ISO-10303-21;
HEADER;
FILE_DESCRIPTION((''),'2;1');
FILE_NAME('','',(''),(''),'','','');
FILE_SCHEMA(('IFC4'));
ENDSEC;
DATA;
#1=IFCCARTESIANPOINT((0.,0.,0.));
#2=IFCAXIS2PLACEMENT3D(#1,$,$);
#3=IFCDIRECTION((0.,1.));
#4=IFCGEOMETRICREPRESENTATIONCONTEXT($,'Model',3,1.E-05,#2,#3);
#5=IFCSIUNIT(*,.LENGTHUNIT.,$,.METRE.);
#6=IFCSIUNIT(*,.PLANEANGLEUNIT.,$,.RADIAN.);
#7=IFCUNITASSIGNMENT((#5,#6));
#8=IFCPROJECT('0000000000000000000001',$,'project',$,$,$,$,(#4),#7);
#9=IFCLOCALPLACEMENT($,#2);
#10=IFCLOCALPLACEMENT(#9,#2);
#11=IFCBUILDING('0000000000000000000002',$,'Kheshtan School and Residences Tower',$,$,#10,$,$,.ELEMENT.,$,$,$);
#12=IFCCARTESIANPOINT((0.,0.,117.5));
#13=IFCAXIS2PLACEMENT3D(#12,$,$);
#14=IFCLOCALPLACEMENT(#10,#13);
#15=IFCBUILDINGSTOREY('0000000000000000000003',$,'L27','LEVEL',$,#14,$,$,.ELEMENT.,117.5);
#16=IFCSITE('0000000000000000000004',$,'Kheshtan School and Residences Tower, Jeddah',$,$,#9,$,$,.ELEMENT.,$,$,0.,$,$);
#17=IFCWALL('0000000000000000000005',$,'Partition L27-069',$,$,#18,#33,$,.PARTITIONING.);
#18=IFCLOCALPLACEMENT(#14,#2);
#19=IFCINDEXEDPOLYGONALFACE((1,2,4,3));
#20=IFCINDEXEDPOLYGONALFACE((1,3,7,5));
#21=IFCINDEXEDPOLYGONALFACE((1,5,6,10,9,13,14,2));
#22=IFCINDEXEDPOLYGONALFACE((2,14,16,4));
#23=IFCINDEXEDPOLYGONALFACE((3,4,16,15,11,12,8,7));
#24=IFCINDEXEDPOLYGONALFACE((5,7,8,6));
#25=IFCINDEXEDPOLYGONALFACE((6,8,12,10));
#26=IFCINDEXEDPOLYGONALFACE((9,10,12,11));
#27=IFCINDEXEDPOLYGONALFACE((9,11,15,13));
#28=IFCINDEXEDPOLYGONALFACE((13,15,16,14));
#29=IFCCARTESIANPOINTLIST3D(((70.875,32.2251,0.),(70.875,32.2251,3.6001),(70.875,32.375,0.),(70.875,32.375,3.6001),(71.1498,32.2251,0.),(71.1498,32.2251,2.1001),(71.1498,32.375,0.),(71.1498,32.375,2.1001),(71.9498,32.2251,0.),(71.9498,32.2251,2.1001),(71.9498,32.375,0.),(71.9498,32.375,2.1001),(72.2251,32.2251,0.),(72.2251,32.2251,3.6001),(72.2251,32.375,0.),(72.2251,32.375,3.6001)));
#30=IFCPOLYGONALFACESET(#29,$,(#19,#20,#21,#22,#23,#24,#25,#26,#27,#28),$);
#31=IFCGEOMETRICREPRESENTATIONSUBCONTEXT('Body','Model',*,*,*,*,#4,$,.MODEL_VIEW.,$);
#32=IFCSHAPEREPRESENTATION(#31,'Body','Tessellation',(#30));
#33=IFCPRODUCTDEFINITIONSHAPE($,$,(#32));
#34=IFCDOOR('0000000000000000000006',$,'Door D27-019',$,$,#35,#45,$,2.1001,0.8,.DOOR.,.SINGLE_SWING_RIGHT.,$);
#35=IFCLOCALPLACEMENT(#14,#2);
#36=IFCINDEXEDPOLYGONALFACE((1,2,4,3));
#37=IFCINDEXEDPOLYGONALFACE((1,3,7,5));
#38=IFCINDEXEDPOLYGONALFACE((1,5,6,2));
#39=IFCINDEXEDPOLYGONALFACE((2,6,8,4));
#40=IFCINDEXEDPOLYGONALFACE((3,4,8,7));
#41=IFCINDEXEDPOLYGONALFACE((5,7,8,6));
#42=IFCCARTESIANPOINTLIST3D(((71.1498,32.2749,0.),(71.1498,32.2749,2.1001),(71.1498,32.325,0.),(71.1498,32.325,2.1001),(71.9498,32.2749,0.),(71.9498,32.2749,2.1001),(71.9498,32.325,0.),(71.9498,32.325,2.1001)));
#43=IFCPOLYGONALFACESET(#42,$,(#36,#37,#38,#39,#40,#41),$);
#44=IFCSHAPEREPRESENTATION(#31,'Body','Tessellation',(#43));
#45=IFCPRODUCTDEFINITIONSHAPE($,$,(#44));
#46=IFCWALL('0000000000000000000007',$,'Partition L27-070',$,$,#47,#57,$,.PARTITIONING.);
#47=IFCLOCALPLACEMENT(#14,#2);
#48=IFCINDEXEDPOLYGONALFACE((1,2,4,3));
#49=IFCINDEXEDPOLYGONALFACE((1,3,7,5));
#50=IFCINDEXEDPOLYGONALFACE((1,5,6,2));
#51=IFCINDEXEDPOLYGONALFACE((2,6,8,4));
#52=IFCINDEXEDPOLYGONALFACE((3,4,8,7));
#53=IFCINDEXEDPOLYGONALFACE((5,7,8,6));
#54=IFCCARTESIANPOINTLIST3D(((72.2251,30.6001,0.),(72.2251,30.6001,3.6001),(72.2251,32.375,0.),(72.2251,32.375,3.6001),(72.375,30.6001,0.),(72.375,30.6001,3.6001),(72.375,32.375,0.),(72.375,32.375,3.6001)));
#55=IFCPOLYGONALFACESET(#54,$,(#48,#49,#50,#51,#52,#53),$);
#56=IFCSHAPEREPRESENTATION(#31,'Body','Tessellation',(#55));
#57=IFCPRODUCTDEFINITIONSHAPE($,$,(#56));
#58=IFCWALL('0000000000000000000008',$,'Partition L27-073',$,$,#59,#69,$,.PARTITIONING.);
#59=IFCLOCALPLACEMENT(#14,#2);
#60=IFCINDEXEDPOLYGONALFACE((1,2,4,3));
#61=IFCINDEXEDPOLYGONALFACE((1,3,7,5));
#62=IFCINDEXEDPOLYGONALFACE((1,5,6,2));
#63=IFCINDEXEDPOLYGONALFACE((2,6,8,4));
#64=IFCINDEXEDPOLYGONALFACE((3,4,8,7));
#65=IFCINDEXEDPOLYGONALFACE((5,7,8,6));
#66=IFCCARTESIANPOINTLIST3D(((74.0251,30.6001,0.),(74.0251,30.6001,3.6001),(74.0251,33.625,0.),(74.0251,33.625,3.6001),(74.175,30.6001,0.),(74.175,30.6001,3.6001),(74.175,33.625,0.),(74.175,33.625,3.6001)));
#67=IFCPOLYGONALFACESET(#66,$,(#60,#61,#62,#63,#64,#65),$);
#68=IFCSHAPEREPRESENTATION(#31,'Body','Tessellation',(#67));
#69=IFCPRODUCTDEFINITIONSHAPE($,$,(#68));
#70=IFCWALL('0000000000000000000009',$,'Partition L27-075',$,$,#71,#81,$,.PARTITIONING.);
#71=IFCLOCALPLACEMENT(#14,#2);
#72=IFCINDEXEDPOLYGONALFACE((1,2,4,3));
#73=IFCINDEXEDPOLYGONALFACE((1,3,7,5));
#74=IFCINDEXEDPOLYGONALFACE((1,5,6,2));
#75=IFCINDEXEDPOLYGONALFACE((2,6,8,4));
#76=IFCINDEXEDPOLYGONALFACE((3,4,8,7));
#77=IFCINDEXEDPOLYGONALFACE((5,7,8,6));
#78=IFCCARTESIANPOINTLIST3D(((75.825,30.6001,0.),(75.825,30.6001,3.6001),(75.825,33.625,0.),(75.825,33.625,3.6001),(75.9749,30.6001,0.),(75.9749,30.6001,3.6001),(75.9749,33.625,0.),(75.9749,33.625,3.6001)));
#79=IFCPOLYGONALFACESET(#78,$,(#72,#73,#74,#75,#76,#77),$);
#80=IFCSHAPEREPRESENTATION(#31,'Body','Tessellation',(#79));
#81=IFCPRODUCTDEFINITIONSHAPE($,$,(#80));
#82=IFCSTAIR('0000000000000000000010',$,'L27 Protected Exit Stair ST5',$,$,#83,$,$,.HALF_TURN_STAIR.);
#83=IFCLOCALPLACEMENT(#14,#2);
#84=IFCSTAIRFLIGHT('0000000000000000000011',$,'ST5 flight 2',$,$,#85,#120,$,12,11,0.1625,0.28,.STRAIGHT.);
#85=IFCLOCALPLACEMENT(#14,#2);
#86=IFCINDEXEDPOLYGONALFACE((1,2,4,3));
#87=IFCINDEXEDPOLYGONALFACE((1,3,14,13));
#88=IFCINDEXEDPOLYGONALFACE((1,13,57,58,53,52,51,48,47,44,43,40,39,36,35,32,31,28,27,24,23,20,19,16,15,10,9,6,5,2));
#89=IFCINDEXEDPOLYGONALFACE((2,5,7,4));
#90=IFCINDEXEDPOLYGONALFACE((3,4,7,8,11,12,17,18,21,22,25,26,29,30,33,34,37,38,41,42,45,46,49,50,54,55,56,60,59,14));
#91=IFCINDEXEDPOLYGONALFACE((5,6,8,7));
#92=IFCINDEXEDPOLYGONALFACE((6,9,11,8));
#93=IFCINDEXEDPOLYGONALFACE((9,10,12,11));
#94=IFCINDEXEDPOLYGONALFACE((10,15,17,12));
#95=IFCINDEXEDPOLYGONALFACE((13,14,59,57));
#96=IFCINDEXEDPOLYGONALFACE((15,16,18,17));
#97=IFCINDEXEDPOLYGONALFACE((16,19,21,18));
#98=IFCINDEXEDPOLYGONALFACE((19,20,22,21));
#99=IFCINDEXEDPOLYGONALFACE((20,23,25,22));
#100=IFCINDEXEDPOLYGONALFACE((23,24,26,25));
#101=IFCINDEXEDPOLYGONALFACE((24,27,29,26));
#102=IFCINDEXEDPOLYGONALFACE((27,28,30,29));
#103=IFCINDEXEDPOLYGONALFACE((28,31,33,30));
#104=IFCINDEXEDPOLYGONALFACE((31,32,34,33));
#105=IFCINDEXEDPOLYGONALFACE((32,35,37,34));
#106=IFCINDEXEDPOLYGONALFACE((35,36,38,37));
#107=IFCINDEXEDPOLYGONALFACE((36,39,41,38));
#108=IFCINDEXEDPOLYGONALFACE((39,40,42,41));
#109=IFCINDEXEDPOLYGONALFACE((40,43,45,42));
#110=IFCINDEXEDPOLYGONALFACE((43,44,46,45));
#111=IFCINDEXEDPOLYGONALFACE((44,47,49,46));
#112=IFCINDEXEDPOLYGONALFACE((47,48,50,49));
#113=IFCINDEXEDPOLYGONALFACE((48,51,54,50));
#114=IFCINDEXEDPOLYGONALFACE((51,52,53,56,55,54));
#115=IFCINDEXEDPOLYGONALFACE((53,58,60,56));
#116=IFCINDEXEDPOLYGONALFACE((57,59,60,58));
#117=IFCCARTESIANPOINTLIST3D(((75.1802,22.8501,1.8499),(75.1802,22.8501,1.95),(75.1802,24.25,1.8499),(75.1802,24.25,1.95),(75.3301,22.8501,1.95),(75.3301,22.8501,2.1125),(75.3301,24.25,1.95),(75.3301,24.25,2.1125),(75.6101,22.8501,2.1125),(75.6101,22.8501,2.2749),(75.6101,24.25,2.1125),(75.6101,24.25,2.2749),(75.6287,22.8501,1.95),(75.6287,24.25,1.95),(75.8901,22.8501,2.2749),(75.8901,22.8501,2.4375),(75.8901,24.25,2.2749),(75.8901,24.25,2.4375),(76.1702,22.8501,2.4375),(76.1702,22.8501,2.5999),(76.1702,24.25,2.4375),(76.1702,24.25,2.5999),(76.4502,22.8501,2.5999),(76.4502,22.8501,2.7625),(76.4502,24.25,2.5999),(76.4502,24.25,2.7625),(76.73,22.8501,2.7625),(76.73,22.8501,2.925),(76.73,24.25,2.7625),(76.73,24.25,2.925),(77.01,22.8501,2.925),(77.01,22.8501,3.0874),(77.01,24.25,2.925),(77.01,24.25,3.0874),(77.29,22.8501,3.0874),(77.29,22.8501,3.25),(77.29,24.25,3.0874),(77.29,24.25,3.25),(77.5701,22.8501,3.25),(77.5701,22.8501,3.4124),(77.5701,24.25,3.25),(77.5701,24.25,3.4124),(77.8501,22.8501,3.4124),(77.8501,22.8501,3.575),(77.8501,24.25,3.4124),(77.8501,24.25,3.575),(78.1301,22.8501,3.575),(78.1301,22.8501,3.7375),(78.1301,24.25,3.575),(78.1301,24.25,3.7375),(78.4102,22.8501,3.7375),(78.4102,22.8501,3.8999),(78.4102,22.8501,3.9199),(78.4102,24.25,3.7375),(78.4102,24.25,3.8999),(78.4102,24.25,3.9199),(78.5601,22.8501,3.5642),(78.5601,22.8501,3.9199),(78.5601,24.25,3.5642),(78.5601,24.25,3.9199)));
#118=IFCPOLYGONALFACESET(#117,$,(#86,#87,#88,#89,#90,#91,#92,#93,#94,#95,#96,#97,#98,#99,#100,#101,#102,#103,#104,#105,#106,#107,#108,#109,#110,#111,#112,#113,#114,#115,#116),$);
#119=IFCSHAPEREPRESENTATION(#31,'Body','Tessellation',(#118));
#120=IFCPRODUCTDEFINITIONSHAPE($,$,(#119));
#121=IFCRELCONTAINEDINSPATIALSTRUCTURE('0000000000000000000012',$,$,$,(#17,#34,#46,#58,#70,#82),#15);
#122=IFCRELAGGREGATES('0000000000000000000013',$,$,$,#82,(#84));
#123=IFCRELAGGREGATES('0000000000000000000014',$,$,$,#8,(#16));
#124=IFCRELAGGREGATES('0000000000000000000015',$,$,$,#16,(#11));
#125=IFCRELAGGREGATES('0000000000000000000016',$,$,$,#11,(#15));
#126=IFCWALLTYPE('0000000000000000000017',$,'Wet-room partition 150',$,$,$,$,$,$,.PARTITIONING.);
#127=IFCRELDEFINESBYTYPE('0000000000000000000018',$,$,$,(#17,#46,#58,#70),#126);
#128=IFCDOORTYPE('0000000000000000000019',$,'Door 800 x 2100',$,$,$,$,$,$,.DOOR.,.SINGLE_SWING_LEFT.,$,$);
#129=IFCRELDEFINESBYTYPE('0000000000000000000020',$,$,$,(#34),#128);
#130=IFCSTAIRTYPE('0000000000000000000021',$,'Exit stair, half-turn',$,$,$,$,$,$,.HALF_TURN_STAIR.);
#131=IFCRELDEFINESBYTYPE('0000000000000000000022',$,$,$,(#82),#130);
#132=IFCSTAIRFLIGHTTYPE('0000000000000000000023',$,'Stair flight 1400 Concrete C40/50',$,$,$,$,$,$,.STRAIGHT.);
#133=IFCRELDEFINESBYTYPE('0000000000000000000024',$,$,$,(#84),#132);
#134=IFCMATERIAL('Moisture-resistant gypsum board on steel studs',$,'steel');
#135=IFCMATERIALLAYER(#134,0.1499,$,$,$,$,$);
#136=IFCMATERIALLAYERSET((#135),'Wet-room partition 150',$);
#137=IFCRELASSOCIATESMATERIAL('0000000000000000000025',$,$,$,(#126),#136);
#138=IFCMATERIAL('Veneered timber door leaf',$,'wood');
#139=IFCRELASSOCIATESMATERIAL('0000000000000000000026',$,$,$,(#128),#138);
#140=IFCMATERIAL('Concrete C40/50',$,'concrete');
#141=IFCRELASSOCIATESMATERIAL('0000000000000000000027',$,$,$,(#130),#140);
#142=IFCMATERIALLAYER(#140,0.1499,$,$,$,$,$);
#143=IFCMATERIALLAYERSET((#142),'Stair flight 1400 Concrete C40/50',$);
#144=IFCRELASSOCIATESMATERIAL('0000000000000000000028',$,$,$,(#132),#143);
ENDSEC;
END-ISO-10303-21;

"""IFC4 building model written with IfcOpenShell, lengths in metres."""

from ifc_helpers import new_model, si_unit, direction, frame, frame_2d, origin, place, context, subcontext, project, spatial, polyline, rectangle, outline, extrude, source, transform, mapped, material, layer, layer_set, type_object, element, fill, aggregate, save


model = new_model("IFC4")

# Units and contexts
model_context = context("Model", 3, precision=1e-05, world=origin(), true_north=direction((0.0, 1.0)))
body_context = subcontext(model_context, "Body", "Model", "MODEL_VIEW")
ifc_project = project(units=[si_unit("LENGTHUNIT", "METRE"), si_unit("PLANEANGLEUNIT", "RADIAN")], contexts=[model_context])

# Site, building, storey
site_placement = place(None, origin())
site = spatial("IfcSite", under=ifc_project, at=site_placement, Name="Kheshtan School and Residences Tower, Jeddah", CompositionType="ELEMENT", RefElevation=0.0)
building_placement = place(site_placement, origin())
building = spatial("IfcBuilding", under=site, at=building_placement, Name="Kheshtan School and Residences Tower", CompositionType="ELEMENT")
storey_placement = place(building_placement, frame((0.0, 0.0, 117.5)))
storey = spatial("IfcBuildingStorey", under=building, at=storey_placement, Name="L27", Description="LEVEL", CompositionType="ELEMENT", Elevation=117.5)

# Shared definitions
ifc_material_1 = material(Name="Concrete C40/50", Category="concrete")

# Shared definitions
ifc_material_2 = material(Name="Moisture-resistant gypsum board on steel studs", Category="steel")
ifc_layer_1 = layer(ifc_material_2, 0.1499)
ifc_layer_set_1 = layer_set([ifc_layer_1], Name="Wet-room partition 150")
wall_type_1 = type_object("IfcWallType", Name="Wet-room partition 150", PredefinedType="PARTITIONING", material=ifc_layer_set_1)

# Wall, opening, door
wall_1_placement = place(storey_placement, frame((70.875, 32.3, 0.0), z_axis=(0.0, 0.0, 1.0), x_axis=(1.0, 0.0, 0.0)))
wall_1 = element("IfcWall", 1, at=wall_1_placement, inside=storey, type_object=wall_type_1, Name="Partition L27-069", PredefinedType="PARTITIONING", context=body_context, shape_type="SweptSolid", body=[
    extrude(rectangle(XDim=1.3501, YDim=0.1499, at=frame_2d((0.675, 0.0))), origin(), (0.0, 0.0, 1.0), 3.6001),
])
opening_1_placement = place(wall_1_placement, frame((0.2749, 0.0, 0.0)))
opening_1 = element("IfcOpeningElement", 2, at=opening_1_placement, cuts=wall_1, PredefinedType="OPENING", context=body_context, shape_type="SweptSolid", body=[
    extrude(rectangle(XDim=0.8, YDim=2.1001, at=frame_2d((0.3999, 1.05))), frame((0.0, 0.085, 0.0), z_axis=(0.0, -1.0, 0.0), x_axis=(1.0, 0.0, 0.0)), (0.0, 0.0, 1.0), 0.1699),
])
ifc_material_3 = material(Name="Veneered timber door leaf", Category="wood")
door_type_1 = type_object("IfcDoorType", Name="Door 800 x 2100", OperationType="SINGLE_SWING_LEFT", PredefinedType="DOOR", material=ifc_material_3)
shared_shape_1 = source(origin(), body_context, "Body", "SweptSolid", [
    extrude(rectangle(XDim=0.8, YDim=2.1001, at=frame_2d((0.3999, 1.05))), frame((0.0, 0.0249, 0.0), z_axis=(0.0, -1.0, 0.0), x_axis=(1.0, 0.0, 0.0)), (0.0, 0.0, 1.0), 0.05),
])
door_1_placement = place(opening_1_placement, origin())
door_1 = element("IfcDoor", 3, at=door_1_placement, inside=storey, type_object=door_type_1, Name="Door D27-019", OperationType="SINGLE_SWING_RIGHT", OverallHeight=2.1001, OverallWidth=0.8, PredefinedType="DOOR", context=body_context, shape_type="MappedRepresentation", body=[
    mapped(shared_shape_1, transform((0.0, 0.0, 0.0), x_axis=(1.0, 0.0, 0.0), y_axis=(0.0, 1.0, 0.0), z_axis=(0.0, 0.0, 1.0), scale=1.0)),
])
fill(opening_1, door_1)

# Walls
wall_2_placement = place(storey_placement, frame((72.3, 30.6001, 0.0), z_axis=(0.0, 0.0, 1.0), x_axis=(0.0, 1.0, 0.0)))
element("IfcWall", 4, at=wall_2_placement, inside=storey, type_object=wall_type_1, Name="Partition L27-070", PredefinedType="PARTITIONING", context=body_context, shape_type="SweptSolid", body=[
    extrude(rectangle(XDim=1.7749, YDim=0.1499, at=frame_2d((0.8875, 0.0))), origin(), (0.0, 0.0, 1.0), 3.6001),
])
for number, where, z_axis, x_axis, name in (
    (5, (74.1001, 30.6001, 0.0), (0.0, 0.0, 1.0), (0.0, 1.0, 0.0), "Partition L27-073"),
    (6, (75.8999, 30.6001, 0.0), (0.0, 0.0, 1.0), (0.0, 1.0, 0.0), "Partition L27-075"),
):
    element("IfcWall", number, at=place(storey_placement, frame(where, z_axis=z_axis, x_axis=x_axis)), inside=storey, type_object=wall_type_1, Name=name, PredefinedType="PARTITIONING", context=body_context, shape_type="SweptSolid", body=[
        extrude(rectangle(XDim=3.0249, YDim=0.1499, at=frame_2d((1.5125, 0.0))), origin(), (0.0, 0.0, 1.0), 3.6001),
    ])

# Stair, stair flight
stair_type = type_object("IfcStairType", Name="Exit stair, half-turn", PredefinedType="HALF_TURN_STAIR", material=ifc_material_1)
stair_placement = place(storey_placement, origin())
stair = element("IfcStair", 7, at=stair_placement, inside=storey, type_object=stair_type, Name="L27 Protected Exit Stair ST5", PredefinedType="HALF_TURN_STAIR")
ifc_layer_2 = layer(ifc_material_1, 0.1499)
ifc_layer_set_2 = layer_set([ifc_layer_2], Name="Stair flight 1400 Concrete C40/50")
stair_flight_type = type_object("IfcStairFlightType", Name="Stair flight 1400 Concrete C40/50", PredefinedType="STRAIGHT", material=ifc_layer_set_2)
stair_flight_placement = place(storey_placement, frame((75.3301, 23.55, 1.95), z_axis=(0.0, 0.0, 1.0), x_axis=(1.0, 0.0, 0.0)))
stair_flight = element("IfcStairFlight", 8, at=stair_flight_placement, type_object=stair_flight_type, Name="ST5 flight 2", NumberOfRisers=12, NumberOfTreads=11, PredefinedType="STRAIGHT", RiserHeight=0.1625, TreadLength=0.28, context=body_context, shape_type="SweptSolid", body=[
    extrude(outline(polyline([(-0.1499, -0.1001), (-0.1499, 0.0), (0.0, 0.0), (0.0, 0.1626), (0.28, 0.1626), (0.28, 0.325), (0.5601, 0.325), (0.5601, 0.4875), (0.8401, 0.4875), (0.8401, 0.6499), (1.1201, 0.6499), (1.1201, 0.8125), (1.3999, 0.8125), (1.3999, 0.9751), (1.6799, 0.9751), (1.6799, 1.1375), (1.96, 1.1375), (1.96, 1.3), (2.24, 1.3), (2.24, 1.4624), (2.52, 1.4624), (2.52, 1.625), (2.8, 1.625), (2.8, 1.7876), (3.0801, 1.7876), (3.0801, 1.95), (3.0801, 1.97), (3.23, 1.97), (3.23, 1.6143), (0.2986, 0.0), (-0.1499, -0.1001)])), frame((0.0, 0.7, 0.0), z_axis=(0.0, -1.0, 0.0), x_axis=(1.0, 0.0, 0.0)), (0.0, 0.0, 1.0), 1.3999),
])
aggregate(stair, [stair_flight])

save(model, "model.ifc")
